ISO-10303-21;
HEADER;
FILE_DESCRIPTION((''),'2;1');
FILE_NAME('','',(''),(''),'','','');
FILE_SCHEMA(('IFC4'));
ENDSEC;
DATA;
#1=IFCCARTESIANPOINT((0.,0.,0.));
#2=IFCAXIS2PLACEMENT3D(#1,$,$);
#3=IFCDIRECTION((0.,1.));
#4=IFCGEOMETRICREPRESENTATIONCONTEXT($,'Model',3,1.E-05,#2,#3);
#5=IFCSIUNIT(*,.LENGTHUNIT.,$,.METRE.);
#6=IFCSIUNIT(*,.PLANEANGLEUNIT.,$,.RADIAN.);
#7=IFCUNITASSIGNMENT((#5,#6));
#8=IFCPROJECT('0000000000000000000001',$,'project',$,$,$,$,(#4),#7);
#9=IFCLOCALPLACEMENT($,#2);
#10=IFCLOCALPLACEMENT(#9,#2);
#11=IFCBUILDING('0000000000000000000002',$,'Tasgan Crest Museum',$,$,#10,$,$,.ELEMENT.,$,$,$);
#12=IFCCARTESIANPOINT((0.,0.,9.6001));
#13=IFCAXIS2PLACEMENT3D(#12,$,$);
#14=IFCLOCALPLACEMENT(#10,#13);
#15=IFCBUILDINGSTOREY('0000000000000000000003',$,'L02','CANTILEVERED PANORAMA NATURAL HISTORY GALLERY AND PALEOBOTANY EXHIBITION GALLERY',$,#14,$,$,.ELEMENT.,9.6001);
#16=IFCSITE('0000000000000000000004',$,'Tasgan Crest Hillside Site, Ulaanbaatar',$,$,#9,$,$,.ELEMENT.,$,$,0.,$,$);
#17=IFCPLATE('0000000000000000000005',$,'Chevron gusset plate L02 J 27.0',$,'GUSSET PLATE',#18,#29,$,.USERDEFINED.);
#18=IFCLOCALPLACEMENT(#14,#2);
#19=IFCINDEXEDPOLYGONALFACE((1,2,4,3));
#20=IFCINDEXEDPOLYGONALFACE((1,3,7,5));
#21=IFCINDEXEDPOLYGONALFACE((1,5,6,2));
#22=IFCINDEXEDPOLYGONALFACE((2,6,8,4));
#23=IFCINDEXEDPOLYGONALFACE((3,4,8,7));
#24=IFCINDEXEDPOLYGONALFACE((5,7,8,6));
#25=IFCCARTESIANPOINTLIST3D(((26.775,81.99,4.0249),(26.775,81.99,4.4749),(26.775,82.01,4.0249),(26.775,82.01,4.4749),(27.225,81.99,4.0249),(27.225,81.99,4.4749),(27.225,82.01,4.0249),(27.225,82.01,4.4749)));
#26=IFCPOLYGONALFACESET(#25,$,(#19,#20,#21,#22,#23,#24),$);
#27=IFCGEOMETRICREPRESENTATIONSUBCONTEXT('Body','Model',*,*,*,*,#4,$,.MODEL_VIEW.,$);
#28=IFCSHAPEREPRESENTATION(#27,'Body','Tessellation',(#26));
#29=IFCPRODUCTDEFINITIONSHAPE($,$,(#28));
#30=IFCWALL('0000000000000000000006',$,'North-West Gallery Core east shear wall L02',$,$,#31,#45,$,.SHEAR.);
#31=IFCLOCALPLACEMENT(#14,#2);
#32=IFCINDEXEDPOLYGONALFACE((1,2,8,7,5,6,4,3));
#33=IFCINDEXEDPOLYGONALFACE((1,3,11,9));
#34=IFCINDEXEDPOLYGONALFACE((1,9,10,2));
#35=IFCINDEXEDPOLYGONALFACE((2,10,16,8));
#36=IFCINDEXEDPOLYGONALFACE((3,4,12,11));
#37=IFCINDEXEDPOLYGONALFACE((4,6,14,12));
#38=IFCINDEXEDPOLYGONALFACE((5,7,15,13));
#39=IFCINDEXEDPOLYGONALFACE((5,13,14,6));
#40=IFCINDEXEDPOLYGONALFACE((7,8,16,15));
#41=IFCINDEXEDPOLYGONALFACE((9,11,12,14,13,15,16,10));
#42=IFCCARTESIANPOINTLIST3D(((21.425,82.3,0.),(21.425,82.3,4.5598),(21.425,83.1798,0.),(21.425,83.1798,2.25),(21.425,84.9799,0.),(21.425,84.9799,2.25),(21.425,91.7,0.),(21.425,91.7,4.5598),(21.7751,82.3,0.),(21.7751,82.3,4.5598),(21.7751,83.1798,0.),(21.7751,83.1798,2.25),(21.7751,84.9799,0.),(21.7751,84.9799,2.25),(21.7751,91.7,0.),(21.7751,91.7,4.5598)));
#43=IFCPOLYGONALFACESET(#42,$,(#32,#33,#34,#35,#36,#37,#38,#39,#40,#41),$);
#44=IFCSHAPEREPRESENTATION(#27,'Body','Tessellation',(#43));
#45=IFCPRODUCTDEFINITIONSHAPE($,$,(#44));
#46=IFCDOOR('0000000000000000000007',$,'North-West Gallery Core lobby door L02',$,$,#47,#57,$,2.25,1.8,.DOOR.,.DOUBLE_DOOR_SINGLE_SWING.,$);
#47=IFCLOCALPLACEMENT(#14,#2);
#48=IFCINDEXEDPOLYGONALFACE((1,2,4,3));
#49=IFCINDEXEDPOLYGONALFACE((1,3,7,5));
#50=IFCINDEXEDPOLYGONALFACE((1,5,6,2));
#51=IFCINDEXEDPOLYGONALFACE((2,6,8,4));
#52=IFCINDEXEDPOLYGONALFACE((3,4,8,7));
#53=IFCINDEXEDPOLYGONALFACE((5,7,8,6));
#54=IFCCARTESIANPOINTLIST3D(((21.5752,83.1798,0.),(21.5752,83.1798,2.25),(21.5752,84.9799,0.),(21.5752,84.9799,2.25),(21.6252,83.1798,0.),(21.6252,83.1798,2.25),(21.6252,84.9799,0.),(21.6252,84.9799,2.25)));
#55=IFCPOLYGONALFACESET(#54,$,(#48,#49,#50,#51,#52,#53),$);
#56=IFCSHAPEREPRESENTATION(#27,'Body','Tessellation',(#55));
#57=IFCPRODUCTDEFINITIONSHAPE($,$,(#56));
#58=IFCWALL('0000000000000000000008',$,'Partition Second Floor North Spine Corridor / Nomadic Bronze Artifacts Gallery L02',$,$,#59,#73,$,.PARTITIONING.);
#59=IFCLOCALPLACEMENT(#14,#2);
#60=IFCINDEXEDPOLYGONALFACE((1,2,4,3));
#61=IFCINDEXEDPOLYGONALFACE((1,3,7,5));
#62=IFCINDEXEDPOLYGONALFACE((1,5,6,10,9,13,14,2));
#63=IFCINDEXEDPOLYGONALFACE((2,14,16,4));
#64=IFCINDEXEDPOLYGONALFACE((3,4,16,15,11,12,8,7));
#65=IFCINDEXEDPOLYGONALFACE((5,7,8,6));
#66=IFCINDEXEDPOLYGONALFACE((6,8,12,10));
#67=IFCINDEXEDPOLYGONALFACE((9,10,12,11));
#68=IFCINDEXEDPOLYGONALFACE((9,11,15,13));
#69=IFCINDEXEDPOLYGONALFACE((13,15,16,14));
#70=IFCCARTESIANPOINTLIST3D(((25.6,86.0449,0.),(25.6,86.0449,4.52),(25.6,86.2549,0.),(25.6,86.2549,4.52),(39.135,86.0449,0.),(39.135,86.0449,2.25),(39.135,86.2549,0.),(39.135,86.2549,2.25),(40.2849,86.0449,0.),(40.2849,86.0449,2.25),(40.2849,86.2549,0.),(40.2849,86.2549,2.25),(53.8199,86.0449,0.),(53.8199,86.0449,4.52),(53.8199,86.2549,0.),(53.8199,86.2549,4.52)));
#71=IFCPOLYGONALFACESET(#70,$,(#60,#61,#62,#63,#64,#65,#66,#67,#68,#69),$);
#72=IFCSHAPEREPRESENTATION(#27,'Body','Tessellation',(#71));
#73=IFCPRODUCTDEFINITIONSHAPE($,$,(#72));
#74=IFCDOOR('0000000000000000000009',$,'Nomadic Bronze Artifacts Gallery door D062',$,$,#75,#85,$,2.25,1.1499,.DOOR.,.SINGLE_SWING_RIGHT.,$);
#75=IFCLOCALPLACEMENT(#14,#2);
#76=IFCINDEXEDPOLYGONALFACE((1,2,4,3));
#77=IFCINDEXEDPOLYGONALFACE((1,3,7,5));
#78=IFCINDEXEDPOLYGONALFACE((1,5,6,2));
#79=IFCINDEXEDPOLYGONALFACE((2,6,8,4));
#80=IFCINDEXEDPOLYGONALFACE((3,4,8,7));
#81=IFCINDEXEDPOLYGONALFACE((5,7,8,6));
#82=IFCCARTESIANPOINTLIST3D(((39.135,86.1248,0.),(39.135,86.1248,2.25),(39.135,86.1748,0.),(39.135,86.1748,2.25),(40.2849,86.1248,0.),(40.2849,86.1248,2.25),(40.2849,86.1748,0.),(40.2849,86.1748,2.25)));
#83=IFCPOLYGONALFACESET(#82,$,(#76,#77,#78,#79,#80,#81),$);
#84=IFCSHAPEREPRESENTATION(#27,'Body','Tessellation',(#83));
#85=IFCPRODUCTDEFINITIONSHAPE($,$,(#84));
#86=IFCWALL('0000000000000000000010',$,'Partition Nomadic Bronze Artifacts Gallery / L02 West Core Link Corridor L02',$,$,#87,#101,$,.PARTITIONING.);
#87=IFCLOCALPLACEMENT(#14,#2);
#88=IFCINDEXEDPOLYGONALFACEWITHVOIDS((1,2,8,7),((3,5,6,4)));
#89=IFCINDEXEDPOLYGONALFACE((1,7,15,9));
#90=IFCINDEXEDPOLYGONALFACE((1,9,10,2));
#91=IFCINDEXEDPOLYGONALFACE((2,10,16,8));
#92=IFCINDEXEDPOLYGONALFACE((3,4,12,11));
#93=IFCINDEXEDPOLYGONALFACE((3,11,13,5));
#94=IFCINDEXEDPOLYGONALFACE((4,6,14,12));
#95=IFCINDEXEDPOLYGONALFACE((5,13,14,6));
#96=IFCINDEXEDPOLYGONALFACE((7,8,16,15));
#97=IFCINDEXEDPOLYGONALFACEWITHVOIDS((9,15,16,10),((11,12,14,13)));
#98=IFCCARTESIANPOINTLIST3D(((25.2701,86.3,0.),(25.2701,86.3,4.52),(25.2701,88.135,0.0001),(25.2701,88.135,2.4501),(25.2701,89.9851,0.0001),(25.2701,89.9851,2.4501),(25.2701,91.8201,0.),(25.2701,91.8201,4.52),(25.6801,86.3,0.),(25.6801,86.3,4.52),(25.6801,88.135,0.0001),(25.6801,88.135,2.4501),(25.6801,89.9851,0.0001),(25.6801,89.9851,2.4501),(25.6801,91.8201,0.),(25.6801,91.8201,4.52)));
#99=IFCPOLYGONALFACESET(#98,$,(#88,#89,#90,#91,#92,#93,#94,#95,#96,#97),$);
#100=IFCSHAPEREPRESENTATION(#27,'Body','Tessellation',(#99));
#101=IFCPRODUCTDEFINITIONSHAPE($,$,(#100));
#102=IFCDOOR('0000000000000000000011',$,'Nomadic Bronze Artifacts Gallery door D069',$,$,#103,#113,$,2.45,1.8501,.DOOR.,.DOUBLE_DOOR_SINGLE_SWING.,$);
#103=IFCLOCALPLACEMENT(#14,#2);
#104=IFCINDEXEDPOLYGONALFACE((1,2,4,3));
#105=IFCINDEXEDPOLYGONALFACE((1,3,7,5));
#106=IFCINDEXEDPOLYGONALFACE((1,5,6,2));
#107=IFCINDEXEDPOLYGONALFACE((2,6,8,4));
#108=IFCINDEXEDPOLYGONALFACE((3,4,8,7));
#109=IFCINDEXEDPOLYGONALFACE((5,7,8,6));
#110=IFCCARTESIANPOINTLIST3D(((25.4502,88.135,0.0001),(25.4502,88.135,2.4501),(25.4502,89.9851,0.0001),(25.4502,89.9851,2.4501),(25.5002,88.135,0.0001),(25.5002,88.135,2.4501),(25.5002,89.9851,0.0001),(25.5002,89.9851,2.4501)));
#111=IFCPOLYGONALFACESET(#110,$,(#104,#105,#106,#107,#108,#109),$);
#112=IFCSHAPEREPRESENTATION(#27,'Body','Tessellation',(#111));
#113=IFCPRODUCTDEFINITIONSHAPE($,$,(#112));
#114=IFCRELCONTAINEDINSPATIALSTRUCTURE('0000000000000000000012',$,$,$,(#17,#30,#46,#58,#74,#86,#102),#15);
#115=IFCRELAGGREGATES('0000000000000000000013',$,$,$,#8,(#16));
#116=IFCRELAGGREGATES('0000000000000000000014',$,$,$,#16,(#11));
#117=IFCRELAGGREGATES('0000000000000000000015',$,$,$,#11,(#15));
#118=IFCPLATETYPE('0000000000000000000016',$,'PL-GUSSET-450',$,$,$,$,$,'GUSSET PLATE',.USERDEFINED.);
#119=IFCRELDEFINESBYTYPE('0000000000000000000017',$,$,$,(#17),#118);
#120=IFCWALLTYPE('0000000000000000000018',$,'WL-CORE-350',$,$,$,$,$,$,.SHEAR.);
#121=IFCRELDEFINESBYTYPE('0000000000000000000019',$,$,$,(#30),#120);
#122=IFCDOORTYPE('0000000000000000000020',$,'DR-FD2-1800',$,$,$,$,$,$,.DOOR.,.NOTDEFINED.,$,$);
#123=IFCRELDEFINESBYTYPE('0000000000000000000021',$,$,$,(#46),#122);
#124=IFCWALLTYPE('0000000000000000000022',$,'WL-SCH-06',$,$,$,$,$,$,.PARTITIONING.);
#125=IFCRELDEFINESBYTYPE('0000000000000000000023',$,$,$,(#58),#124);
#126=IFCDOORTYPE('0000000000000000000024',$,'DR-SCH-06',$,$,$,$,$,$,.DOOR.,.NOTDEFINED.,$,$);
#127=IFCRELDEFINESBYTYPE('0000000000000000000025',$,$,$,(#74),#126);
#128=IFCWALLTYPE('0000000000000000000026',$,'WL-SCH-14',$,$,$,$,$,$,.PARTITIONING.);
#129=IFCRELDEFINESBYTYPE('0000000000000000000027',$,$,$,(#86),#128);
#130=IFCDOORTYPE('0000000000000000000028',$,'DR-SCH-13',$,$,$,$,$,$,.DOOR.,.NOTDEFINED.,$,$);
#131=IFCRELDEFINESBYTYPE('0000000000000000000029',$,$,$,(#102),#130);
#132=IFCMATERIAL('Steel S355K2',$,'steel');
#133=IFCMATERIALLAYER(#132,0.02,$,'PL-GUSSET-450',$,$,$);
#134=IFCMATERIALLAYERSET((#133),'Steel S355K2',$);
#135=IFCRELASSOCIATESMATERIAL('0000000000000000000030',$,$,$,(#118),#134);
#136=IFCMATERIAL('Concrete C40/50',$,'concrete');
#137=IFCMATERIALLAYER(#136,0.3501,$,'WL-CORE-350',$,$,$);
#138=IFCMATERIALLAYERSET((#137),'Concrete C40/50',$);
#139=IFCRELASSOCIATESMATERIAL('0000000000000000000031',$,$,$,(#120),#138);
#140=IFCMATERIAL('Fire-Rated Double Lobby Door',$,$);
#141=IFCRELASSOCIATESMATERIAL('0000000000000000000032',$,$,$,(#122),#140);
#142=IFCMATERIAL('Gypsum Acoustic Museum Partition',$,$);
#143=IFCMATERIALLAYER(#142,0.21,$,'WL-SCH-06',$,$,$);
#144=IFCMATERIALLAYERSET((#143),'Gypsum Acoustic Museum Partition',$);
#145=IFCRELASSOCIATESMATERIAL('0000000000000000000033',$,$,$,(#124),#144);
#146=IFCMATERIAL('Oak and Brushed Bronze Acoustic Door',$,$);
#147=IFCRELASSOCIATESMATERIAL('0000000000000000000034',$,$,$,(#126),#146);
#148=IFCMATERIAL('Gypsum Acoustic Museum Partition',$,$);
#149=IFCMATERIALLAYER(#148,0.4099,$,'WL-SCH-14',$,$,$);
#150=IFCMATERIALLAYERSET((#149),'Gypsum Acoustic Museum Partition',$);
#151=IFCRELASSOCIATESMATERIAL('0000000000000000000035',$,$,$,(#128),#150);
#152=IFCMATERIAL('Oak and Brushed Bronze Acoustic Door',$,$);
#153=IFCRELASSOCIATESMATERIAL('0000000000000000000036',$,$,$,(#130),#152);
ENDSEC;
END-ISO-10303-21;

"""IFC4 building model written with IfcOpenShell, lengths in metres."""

from ifc_helpers import new_model, si_unit, direction, frame, frame_2d, origin, origin_2d, place, context, subcontext, project, spatial, rectangle, extrude, material, layer, layer_set, type_object, element, fill, save


model = new_model("IFC4")

# Units and contexts
model_context = context("Model", 3, precision=1e-05, world=origin(), true_north=direction((0.0, 1.0)))
body_context = subcontext(model_context, "Body", "Model", "MODEL_VIEW")
ifc_project = project(units=[si_unit("LENGTHUNIT", "METRE"), si_unit("PLANEANGLEUNIT", "RADIAN")], contexts=[model_context])

# Site, building, storey
site_placement = place(None, origin())
site = spatial("IfcSite", under=ifc_project, at=site_placement, Name="Tasgan Crest Hillside Site, Ulaanbaatar", CompositionType="ELEMENT", RefElevation=0.0)
building_placement = place(site_placement, origin())
building = spatial("IfcBuilding", under=site, at=building_placement, Name="Tasgan Crest Museum", CompositionType="ELEMENT")
storey_placement = place(building_placement, frame((0.0, 0.0, 9.6001)))
storey = spatial("IfcBuildingStorey", under=building, at=storey_placement, Name="L02", Description="CANTILEVERED PANORAMA NATURAL HISTORY GALLERY AND PALEOBOTANY EXHIBITION GALLERY", CompositionType="ELEMENT", Elevation=9.6001)

# Plate
ifc_material_1 = material(Name="Steel S355K2", Category="steel")
ifc_layer_1 = layer(ifc_material_1, 0.02, Name="PL-GUSSET-450")
ifc_layer_set_1 = layer_set([ifc_layer_1], Name="Steel S355K2")
plate_type = type_object("IfcPlateType", Name="PL-GUSSET-450", ElementType="GUSSET PLATE", PredefinedType="USERDEFINED", material=ifc_layer_set_1)
plate_placement = place(storey_placement, frame((27.0, 82.0, 4.0249), z_axis=(0.0, 0.0, 1.0), x_axis=(1.0, 0.0, 0.0)))
element("IfcPlate", 1, at=plate_placement, inside=storey, type_object=plate_type, Name="Chevron gusset plate L02 J 27.0", ObjectType="GUSSET PLATE", PredefinedType="USERDEFINED", context=body_context, shape_type="SweptSolid", body=[
    extrude(rectangle(XDim=0.45, YDim=0.02, at=origin_2d()), origin(), (0.0, 0.0, 1.0), 0.45),
])

# Walls, openings, doors
ifc_material_2 = material(Name="Concrete C40/50", Category="concrete")
ifc_layer_2 = layer(ifc_material_2, 0.3501, Name="WL-CORE-350")
ifc_layer_set_2 = layer_set([ifc_layer_2], Name="Concrete C40/50")
wall_type_1 = type_object("IfcWallType", Name="WL-CORE-350", PredefinedType="SHEAR", material=ifc_layer_set_2)
wall_1_placement = place(storey_placement, frame((21.6001, 82.3, 0.0), z_axis=(0.0, 0.0, 1.0), x_axis=(0.0, 1.0, 0.0)))
wall_1 = element("IfcWall", 2, at=wall_1_placement, inside=storey, type_object=wall_type_1, Name="North-West Gallery Core east shear wall L02", PredefinedType="SHEAR", context=body_context, shape_type="SweptSolid", body=[
    extrude(rectangle(XDim=9.3999, YDim=0.3501, at=frame_2d((4.7, 0.0))), origin(), (0.0, 0.0, 1.0), 4.5598),
])
opening_1_placement = place(wall_1_placement, frame((0.8799, 0.0, 0.0)))
opening_1 = element("IfcOpeningElement", 3, at=opening_1_placement, cuts=wall_1, PredefinedType="OPENING", context=body_context, shape_type="SweptSolid", body=[
    extrude(rectangle(XDim=1.8, YDim=2.25, at=frame_2d((0.8999, 1.125))), frame((0.0, 0.1851, 0.0), z_axis=(0.0, -1.0, 0.0), x_axis=(1.0, 0.0, 0.0)), (0.0, 0.0, 1.0), 0.3701),
])
ifc_material_3 = material(Name="Fire-Rated Double Lobby Door")
door_type_1 = type_object("IfcDoorType", Name="DR-FD2-1800", OperationType="NOTDEFINED", PredefinedType="DOOR", material=ifc_material_3)
door_1_placement = place(opening_1_placement, origin())
door_1 = element("IfcDoor", 4, at=door_1_placement, inside=storey, type_object=door_type_1, Name="North-West Gallery Core lobby door L02", OperationType="DOUBLE_DOOR_SINGLE_SWING", OverallHeight=2.25, OverallWidth=1.8, PredefinedType="DOOR", context=body_context, shape_type="SweptSolid", body=[
    extrude(rectangle(XDim=1.8, YDim=2.25, at=frame_2d((0.8999, 1.125))), frame((0.0, 0.0249, 0.0), z_axis=(0.0, -1.0, 0.0), x_axis=(1.0, 0.0, 0.0)), (0.0, 0.0, 1.0), 0.05),
])
fill(opening_1, door_1)
ifc_material_4 = material(Name="Gypsum Acoustic Museum Partition")
ifc_layer_3 = layer(ifc_material_4, 0.21, Name="WL-SCH-06")
ifc_layer_set_3 = layer_set([ifc_layer_3], Name="Gypsum Acoustic Museum Partition")
wall_type_2 = type_object("IfcWallType", Name="WL-SCH-06", PredefinedType="PARTITIONING", material=ifc_layer_set_3)
wall_2_placement = place(storey_placement, frame((25.6001, 86.1499, 0.0), z_axis=(0.0, 0.0, 1.0), x_axis=(1.0, 0.0, 0.0)))
wall_2 = element("IfcWall", 5, at=wall_2_placement, inside=storey, type_object=wall_type_2, Name="Partition Second Floor North Spine Corridor / Nomadic Bronze Artifacts Gallery L02", PredefinedType="PARTITIONING", context=body_context, shape_type="SweptSolid", body=[
    extrude(rectangle(XDim=28.22, YDim=0.21, at=frame_2d((14.1099, 0.0))), origin(), (0.0, 0.0, 1.0), 4.52),
])
opening_2_placement = place(wall_2_placement, frame((13.5349, 0.0, 0.0)))
opening_2 = element("IfcOpeningElement", 6, at=opening_2_placement, cuts=wall_2, PredefinedType="OPENING", context=body_context, shape_type="SweptSolid", body=[
    extrude(rectangle(XDim=1.1499, YDim=2.25, at=frame_2d((0.575, 1.125))), frame((0.0, 0.115, 0.0), z_axis=(0.0, -1.0, 0.0), x_axis=(1.0, 0.0, 0.0)), (0.0, 0.0, 1.0), 0.23),
])
ifc_material_5 = material(Name="Oak and Brushed Bronze Acoustic Door")
door_type_2 = type_object("IfcDoorType", Name="DR-SCH-06", OperationType="NOTDEFINED", PredefinedType="DOOR", material=ifc_material_5)
door_2_placement = place(opening_2_placement, origin())
door_2 = element("IfcDoor", 7, at=door_2_placement, inside=storey, type_object=door_type_2, Name="Nomadic Bronze Artifacts Gallery door D062", OperationType="SINGLE_SWING_RIGHT", OverallHeight=2.25, OverallWidth=1.1499, PredefinedType="DOOR", context=body_context, shape_type="SweptSolid", body=[
    extrude(rectangle(XDim=1.1499, YDim=2.25, at=frame_2d((0.575, 1.125))), frame((0.0, 0.0249, 0.0), z_axis=(0.0, -1.0, 0.0), x_axis=(1.0, 0.0, 0.0)), (0.0, 0.0, 1.0), 0.05),
])
fill(opening_2, door_2)
ifc_material_6 = material(Name="Gypsum Acoustic Museum Partition")
ifc_layer_4 = layer(ifc_material_6, 0.4099, Name="WL-SCH-14")
ifc_layer_set_4 = layer_set([ifc_layer_4], Name="Gypsum Acoustic Museum Partition")
wall_type_3 = type_object("IfcWallType", Name="WL-SCH-14", PredefinedType="PARTITIONING", material=ifc_layer_set_4)
wall_3_placement = place(storey_placement, frame((25.4751, 86.3, 0.0), z_axis=(0.0, 0.0, 1.0), x_axis=(0.0, 1.0, 0.0)))
wall_3 = element("IfcWall", 8, at=wall_3_placement, inside=storey, type_object=wall_type_3, Name="Partition Nomadic Bronze Artifacts Gallery / L02 West Core Link Corridor L02", PredefinedType="PARTITIONING", context=body_context, shape_type="SweptSolid", body=[
    extrude(rectangle(XDim=5.52, YDim=0.4099, at=frame_2d((2.76, 0.0))), origin(), (0.0, 0.0, 1.0), 4.52),
])
opening_3_placement = place(wall_3_placement, frame((1.835, 0.0, 0.0)))
opening_3 = element("IfcOpeningElement", 9, at=opening_3_placement, cuts=wall_3, PredefinedType="OPENING", context=body_context, shape_type="SweptSolid", body=[
    extrude(rectangle(XDim=1.8501, YDim=2.45, at=frame_2d((0.925, 1.2251))), frame((0.0, 0.2148, 0.0), z_axis=(0.0, -1.0, 0.0), x_axis=(1.0, 0.0, 0.0)), (0.0, 0.0, 1.0), 0.4299),
])
ifc_material_7 = material(Name="Oak and Brushed Bronze Acoustic Door")
door_type_3 = type_object("IfcDoorType", Name="DR-SCH-13", OperationType="NOTDEFINED", PredefinedType="DOOR", material=ifc_material_7)
door_3_placement = place(opening_3_placement, origin())
door_3 = element("IfcDoor", 10, at=door_3_placement, inside=storey, type_object=door_type_3, Name="Nomadic Bronze Artifacts Gallery door D069", OperationType="DOUBLE_DOOR_SINGLE_SWING", OverallHeight=2.45, OverallWidth=1.8501, PredefinedType="DOOR", context=body_context, shape_type="SweptSolid", body=[
    extrude(rectangle(XDim=1.8501, YDim=2.45, at=frame_2d((0.925, 1.2251))), frame((0.0, 0.0249, 0.0), z_axis=(0.0, -1.0, 0.0), x_axis=(1.0, 0.0, 0.0)), (0.0, 0.0, 1.0), 0.05),
])
fill(opening_3, door_3)

save(model, "model.ifc")
